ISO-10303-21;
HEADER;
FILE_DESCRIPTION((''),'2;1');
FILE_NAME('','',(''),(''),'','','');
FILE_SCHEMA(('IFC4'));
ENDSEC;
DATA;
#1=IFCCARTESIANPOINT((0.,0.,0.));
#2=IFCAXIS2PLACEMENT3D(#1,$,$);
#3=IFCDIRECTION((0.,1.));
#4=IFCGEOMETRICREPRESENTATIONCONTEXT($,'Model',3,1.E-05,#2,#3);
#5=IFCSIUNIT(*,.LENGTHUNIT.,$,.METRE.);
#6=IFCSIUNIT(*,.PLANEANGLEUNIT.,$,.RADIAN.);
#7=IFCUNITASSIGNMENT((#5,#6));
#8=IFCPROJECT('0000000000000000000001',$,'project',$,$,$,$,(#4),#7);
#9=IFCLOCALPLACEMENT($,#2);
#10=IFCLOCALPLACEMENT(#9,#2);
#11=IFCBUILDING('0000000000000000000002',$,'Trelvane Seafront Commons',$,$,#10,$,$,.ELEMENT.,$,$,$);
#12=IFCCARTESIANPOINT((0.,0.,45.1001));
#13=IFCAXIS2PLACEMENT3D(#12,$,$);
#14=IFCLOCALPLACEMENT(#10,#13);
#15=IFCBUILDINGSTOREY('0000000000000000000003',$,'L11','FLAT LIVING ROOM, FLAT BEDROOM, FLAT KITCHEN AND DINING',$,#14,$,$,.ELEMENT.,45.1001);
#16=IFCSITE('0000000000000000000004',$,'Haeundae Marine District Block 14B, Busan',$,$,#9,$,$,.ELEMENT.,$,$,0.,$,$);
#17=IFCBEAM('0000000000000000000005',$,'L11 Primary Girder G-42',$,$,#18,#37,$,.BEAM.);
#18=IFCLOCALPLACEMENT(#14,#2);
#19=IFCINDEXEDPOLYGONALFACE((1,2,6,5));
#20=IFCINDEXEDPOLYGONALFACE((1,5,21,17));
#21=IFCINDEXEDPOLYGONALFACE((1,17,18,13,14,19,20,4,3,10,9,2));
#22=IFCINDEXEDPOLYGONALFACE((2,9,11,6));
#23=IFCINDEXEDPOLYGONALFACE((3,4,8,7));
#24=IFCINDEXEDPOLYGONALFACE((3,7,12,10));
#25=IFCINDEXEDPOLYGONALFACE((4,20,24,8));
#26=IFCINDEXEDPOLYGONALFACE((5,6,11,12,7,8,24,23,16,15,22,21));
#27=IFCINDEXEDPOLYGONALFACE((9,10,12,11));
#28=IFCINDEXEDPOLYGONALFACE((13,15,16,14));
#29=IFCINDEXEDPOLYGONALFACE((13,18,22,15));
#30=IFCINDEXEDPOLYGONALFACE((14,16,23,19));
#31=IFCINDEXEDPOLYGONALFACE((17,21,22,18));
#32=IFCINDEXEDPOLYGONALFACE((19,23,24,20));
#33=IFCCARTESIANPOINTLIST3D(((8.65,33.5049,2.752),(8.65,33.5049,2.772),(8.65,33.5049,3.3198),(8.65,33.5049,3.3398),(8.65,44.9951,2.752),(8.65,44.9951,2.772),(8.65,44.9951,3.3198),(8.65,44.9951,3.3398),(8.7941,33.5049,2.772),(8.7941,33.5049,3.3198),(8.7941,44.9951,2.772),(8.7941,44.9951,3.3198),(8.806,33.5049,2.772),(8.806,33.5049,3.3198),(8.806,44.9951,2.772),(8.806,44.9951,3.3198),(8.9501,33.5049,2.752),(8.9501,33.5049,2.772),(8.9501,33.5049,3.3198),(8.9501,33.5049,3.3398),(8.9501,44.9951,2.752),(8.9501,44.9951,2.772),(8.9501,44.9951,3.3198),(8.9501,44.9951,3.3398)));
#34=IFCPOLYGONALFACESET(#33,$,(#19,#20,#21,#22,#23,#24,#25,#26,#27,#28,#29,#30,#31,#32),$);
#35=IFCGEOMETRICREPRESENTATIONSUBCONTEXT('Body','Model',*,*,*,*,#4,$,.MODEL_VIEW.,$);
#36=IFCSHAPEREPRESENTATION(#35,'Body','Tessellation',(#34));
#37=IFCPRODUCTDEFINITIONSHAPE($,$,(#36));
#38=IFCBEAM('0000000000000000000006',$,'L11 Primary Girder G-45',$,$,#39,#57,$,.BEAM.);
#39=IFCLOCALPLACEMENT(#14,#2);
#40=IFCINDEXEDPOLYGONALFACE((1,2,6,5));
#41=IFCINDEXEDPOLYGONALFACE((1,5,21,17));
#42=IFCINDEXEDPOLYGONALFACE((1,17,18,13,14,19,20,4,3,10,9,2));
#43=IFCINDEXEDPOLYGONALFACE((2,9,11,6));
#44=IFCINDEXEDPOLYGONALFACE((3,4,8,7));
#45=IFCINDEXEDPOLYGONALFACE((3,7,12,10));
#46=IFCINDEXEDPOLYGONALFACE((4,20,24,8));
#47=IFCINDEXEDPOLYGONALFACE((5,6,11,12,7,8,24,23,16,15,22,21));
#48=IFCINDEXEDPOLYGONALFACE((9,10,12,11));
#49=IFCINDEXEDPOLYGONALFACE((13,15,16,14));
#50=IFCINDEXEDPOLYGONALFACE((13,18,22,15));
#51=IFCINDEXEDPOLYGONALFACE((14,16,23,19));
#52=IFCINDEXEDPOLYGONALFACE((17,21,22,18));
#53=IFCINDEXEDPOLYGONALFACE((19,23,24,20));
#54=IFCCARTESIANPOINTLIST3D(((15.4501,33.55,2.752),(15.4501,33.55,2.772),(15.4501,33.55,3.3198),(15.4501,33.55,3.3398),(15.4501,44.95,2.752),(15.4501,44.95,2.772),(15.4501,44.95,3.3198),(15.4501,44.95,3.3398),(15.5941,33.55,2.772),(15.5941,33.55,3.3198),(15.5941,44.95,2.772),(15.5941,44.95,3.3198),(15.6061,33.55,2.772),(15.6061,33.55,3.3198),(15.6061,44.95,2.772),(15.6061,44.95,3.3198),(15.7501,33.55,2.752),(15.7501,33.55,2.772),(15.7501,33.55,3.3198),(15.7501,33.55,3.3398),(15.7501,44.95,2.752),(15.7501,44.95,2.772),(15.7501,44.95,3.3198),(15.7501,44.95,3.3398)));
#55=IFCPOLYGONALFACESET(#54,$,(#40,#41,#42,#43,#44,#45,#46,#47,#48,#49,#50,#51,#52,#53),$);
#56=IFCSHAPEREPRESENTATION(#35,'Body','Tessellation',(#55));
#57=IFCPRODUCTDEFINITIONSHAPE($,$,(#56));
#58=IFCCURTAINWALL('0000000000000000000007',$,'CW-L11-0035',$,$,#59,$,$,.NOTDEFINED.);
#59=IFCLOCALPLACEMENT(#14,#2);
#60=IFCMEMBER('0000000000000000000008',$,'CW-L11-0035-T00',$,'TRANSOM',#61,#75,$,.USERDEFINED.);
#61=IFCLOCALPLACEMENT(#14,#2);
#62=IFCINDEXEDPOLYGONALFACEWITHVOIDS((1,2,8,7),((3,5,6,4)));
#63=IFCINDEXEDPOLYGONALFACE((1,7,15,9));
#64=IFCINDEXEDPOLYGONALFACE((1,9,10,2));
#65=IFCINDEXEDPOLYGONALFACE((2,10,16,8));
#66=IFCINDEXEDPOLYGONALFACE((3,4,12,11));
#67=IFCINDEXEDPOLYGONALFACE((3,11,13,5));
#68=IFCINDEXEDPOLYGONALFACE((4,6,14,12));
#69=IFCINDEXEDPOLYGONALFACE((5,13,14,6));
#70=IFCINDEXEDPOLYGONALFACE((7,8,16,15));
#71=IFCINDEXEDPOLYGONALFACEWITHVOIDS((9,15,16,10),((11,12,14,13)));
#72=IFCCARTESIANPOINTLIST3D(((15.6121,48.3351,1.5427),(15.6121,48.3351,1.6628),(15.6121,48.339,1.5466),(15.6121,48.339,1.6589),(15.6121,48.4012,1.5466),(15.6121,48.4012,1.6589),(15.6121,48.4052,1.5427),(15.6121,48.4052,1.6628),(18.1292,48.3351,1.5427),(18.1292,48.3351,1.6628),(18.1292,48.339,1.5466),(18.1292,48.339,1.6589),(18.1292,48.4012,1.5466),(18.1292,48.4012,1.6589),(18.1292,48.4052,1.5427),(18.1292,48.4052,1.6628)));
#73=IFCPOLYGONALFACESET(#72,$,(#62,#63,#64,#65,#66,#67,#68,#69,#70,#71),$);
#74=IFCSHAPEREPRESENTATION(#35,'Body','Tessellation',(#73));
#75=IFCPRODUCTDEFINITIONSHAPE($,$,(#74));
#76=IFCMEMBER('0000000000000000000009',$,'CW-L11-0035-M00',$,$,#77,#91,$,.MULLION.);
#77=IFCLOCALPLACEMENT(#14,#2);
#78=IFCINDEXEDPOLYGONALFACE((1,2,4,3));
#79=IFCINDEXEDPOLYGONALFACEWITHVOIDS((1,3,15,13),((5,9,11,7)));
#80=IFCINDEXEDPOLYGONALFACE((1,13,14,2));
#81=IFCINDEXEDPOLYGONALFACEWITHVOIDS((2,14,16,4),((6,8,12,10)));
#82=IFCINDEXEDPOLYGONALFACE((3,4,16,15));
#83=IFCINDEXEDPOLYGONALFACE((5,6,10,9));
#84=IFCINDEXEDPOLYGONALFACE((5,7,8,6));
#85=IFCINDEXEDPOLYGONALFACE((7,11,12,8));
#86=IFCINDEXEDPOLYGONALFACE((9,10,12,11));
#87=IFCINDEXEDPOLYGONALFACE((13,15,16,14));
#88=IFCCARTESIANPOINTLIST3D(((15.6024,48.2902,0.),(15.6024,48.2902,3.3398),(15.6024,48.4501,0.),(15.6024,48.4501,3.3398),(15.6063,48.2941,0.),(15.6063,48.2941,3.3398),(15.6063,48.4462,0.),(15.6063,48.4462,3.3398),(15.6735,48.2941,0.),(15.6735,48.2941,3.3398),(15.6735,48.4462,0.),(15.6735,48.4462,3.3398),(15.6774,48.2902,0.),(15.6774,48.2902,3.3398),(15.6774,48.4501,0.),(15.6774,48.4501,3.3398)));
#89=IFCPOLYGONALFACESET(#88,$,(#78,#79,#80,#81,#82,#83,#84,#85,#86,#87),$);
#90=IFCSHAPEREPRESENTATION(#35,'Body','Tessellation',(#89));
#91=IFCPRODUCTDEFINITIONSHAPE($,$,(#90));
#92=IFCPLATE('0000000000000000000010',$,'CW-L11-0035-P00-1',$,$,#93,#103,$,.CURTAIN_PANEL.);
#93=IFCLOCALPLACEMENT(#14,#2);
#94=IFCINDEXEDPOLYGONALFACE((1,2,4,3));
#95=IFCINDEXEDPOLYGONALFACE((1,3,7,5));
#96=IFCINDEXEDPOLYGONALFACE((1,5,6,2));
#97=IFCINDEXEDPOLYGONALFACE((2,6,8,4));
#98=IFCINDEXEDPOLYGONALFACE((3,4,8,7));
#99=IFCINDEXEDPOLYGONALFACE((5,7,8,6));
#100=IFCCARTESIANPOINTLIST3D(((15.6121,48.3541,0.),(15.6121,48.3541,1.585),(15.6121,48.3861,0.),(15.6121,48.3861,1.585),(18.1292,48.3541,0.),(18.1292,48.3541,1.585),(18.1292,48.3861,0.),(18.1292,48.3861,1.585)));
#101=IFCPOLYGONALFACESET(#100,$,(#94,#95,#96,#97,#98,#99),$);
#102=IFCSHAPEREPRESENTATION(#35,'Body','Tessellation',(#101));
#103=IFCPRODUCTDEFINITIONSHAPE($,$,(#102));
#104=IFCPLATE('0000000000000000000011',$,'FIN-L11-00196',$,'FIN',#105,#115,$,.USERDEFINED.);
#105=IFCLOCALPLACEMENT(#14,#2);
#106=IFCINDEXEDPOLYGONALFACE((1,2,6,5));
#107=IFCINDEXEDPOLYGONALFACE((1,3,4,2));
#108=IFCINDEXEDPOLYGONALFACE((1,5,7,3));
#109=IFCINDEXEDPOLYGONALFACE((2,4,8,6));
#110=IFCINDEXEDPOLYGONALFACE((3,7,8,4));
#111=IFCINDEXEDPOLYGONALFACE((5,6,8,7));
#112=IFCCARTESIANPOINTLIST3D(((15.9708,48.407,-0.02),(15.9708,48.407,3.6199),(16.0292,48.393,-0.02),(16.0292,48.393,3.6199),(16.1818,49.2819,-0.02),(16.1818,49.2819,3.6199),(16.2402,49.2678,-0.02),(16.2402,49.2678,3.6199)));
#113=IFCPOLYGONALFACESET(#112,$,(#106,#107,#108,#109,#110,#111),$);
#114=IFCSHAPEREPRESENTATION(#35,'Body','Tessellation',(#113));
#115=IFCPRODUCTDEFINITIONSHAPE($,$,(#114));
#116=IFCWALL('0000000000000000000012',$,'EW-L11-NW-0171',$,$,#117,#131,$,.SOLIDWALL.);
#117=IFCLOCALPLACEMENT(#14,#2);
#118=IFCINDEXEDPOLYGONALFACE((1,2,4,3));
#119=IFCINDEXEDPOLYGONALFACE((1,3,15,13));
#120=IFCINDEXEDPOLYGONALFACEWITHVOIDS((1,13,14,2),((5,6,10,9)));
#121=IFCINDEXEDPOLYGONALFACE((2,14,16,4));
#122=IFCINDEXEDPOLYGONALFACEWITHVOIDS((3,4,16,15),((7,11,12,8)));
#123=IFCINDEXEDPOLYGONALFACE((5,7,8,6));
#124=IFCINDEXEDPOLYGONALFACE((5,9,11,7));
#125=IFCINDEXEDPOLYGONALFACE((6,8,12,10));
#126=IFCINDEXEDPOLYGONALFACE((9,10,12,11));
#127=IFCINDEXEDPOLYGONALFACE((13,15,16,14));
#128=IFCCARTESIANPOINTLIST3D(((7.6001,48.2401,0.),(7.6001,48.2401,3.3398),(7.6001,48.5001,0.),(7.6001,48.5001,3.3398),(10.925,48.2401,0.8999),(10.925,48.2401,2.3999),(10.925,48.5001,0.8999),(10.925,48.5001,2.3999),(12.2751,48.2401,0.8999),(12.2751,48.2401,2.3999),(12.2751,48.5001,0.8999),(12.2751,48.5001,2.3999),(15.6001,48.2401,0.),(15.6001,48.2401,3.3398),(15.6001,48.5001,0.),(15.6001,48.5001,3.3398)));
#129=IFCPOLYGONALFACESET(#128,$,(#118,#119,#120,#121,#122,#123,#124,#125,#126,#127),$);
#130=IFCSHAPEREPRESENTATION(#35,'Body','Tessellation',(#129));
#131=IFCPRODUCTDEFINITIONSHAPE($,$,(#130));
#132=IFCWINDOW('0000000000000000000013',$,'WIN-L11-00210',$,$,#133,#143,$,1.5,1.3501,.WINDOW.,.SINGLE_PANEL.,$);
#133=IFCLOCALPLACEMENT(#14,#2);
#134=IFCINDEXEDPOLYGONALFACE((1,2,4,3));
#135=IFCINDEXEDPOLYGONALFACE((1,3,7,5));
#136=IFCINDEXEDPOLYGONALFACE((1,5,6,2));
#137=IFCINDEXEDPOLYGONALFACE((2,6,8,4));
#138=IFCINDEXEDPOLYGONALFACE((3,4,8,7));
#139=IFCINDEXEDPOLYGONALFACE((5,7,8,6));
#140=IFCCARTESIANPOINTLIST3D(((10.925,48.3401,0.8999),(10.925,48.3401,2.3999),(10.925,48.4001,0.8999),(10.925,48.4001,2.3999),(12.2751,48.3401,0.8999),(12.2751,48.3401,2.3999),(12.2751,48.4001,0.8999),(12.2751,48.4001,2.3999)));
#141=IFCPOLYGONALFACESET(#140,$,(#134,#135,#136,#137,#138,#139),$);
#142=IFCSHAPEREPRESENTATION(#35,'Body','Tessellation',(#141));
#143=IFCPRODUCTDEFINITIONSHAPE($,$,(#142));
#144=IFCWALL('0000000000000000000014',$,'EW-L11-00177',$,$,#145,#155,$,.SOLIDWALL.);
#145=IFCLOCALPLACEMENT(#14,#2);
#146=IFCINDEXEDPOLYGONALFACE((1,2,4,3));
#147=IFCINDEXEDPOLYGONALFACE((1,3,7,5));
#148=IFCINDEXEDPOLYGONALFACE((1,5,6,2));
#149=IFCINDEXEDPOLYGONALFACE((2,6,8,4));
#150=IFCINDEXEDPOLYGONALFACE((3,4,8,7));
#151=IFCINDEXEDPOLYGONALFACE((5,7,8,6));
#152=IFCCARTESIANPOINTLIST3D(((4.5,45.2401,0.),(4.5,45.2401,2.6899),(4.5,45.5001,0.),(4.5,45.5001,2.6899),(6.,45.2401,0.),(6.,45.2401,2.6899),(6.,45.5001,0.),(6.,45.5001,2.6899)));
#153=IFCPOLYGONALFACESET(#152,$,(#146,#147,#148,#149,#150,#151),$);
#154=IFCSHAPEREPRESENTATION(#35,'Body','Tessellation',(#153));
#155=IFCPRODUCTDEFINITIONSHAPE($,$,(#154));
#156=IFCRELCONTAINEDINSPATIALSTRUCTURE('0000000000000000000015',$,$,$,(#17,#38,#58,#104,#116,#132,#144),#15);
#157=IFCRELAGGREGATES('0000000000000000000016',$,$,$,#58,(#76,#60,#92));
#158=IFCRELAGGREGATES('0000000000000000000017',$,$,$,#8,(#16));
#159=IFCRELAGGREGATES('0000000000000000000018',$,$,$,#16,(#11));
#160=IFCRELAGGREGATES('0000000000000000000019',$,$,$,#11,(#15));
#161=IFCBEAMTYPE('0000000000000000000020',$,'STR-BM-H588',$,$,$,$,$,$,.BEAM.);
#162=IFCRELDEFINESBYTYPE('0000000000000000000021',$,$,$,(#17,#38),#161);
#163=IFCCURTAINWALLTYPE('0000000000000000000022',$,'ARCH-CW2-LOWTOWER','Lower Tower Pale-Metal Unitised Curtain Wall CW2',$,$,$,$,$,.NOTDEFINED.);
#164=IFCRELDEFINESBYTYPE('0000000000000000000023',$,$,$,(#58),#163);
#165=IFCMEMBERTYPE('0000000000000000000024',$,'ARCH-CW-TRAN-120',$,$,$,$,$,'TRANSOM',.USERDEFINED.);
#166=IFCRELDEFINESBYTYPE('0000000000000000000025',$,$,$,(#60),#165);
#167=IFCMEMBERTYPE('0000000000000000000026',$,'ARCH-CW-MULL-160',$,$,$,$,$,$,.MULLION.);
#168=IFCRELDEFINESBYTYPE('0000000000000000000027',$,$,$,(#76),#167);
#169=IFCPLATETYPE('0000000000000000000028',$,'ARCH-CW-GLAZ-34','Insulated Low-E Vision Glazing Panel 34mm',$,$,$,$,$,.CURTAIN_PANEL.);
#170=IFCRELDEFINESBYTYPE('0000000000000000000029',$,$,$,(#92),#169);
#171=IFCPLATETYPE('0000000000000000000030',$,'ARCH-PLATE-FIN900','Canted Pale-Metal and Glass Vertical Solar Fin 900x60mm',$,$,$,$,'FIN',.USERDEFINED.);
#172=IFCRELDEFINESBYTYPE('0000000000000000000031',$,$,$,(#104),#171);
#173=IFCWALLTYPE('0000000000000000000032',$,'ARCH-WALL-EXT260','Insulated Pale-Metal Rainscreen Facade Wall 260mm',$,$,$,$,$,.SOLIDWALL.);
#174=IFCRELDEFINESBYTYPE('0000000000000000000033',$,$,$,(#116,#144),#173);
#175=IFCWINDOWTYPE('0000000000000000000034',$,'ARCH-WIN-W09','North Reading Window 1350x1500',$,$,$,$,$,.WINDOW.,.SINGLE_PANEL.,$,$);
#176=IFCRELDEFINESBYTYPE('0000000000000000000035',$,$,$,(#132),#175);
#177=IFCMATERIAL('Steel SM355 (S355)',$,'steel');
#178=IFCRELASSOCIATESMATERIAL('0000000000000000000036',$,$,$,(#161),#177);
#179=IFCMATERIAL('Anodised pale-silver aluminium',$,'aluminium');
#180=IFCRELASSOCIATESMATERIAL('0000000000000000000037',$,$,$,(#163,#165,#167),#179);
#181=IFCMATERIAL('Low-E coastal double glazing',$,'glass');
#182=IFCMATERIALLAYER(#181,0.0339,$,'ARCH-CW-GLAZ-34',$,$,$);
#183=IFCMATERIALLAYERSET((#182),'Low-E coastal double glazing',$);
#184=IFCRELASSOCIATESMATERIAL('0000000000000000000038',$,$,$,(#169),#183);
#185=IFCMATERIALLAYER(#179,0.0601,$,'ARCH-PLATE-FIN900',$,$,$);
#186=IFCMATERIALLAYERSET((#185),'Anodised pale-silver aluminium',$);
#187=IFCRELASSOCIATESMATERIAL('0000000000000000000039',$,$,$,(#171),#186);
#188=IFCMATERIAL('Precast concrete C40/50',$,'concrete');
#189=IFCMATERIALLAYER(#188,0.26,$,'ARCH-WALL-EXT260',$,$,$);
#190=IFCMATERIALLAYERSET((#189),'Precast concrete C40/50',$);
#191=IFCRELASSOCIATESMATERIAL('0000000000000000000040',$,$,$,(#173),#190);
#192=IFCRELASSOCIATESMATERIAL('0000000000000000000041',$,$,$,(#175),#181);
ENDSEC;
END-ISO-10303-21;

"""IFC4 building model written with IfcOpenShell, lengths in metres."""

from ifc_helpers import new_model, si_unit, direction, frame, frame_2d, origin, origin_2d, place, context, subcontext, project, spatial, rectangle, hollow_rectangle, i_section, extrude, source, transform, mapped, material, layer, layer_set, material_profile, profile_set, type_object, element, fill, aggregate, save


model = new_model("IFC4")

# Units and contexts
model_context = context("Model", 3, precision=1e-05, world=origin(), true_north=direction((0.0, 1.0)))
body_context = subcontext(model_context, "Body", "Model", "MODEL_VIEW")
ifc_project = project(units=[si_unit("LENGTHUNIT", "METRE"), si_unit("PLANEANGLEUNIT", "RADIAN")], contexts=[model_context])

# Site, building, storey
site_placement = place(None, origin())
site = spatial("IfcSite", under=ifc_project, at=site_placement, Name="Haeundae Marine District Block 14B, Busan", CompositionType="ELEMENT", RefElevation=0.0)
building_placement = place(site_placement, origin())
building = spatial("IfcBuilding", under=site, at=building_placement, Name="Trelvane Seafront Commons", CompositionType="ELEMENT")
storey_placement = place(building_placement, frame((0.0, 0.0, 45.1001)))
storey = spatial("IfcBuildingStorey", under=building, at=storey_placement, Name="L11", Description="FLAT LIVING ROOM, FLAT BEDROOM, FLAT KITCHEN AND DINING", CompositionType="ELEMENT", Elevation=45.1001)

# Shared definitions
ifc_material_1 = material(Name="Steel SM355 (S355)", Category="steel")

# Beams
ifc_material_profile_1 = material_profile(ifc_material_1, i_section(OverallWidth=0.3, OverallDepth=0.5879, WebThickness=0.012, FlangeThickness=0.02, at=origin_2d()), Name="H-588x300x12x20")
ifc_profile_set_1 = profile_set([ifc_material_profile_1], Name="Steel SM355 (S355)")
beam_type_1 = type_object("IfcBeamType", Name="STR-BM-H588", PredefinedType="BEAM", material=ifc_profile_set_1)
shared_shape_1 = source(origin(), body_context, "Body", "SweptSolid", [
    extrude(i_section(OverallWidth=0.3, OverallDepth=0.5879, WebThickness=0.012, FlangeThickness=0.02, at=origin_2d()), origin(), (0.0, 0.0, 1.0), 11.4902),
])
for number, where, z_axis, x_axis, name in (
    (1, (8.8, 33.5049, 3.0459), (0.0, 1.0, 0.0), (-1.0, 0.0, 0.0), "L11 Primary Girder G-42"),
):
    element("IfcBeam", number, at=place(storey_placement, frame(where, z_axis=z_axis, x_axis=x_axis)), inside=storey, type_object=beam_type_1, Name=name, PredefinedType="BEAM", context=body_context, shape_type="MappedRepresentation", body=[
        mapped(shared_shape_1, transform((0.0, 0.0, 0.0), x_axis=(1.0, 0.0, 0.0), y_axis=(0.0, 1.0, 0.0), z_axis=(0.0, 0.0, 1.0), scale=1.0)),
    ])
shared_shape_2 = source(origin(), body_context, "Body", "SweptSolid", [
    extrude(i_section(OverallWidth=0.3, OverallDepth=0.5879, WebThickness=0.012, FlangeThickness=0.02, at=origin_2d()), origin(), (0.0, 0.0, 1.0), 11.3999),
])
beam_1_placement = place(storey_placement, frame((15.6001, 33.55, 3.0459), z_axis=(0.0, 1.0, 0.0), x_axis=(-1.0, 0.0, 0.0)))
element("IfcBeam", 2, at=beam_1_placement, inside=storey, type_object=beam_type_1, Name="L11 Primary Girder G-45", PredefinedType="BEAM", context=body_context, shape_type="MappedRepresentation", body=[
    mapped(shared_shape_2, transform((0.0, 0.0, 0.0), x_axis=(1.0, 0.0, 0.0), y_axis=(0.0, 1.0, 0.0), z_axis=(0.0, 0.0, 1.0), scale=1.0)),
])

# Curtain wall, members, plate
ifc_material_2 = material(Name="Anodised pale-silver aluminium", Category="aluminium")
curtain_wall_type = type_object("IfcCurtainWallType", Name="ARCH-CW2-LOWTOWER", Description="Lower Tower Pale-Metal Unitised Curtain Wall CW2", PredefinedType="NOTDEFINED", material=ifc_material_2)
curtain_wall_placement = place(storey_placement, origin())
curtain_wall = element("IfcCurtainWall", 3, at=curtain_wall_placement, inside=storey, type_object=curtain_wall_type, Name="CW-L11-0035", PredefinedType="NOTDEFINED")
ifc_material_profile_2 = material_profile(ifc_material_2, hollow_rectangle(XDim=0.0701, YDim=0.1201, WallThickness=0.0039, at=origin_2d()), Name="TRAN-70x120x4")
ifc_profile_set_2 = profile_set([ifc_material_profile_2], Name="Anodised pale-silver aluminium")
member_type_1 = type_object("IfcMemberType", Name="ARCH-CW-TRAN-120", ElementType="TRANSOM", PredefinedType="USERDEFINED", material=ifc_profile_set_2)
shared_shape_3 = source(origin(), body_context, "Body", "SweptSolid", [
    extrude(hollow_rectangle(XDim=0.0701, YDim=0.1201, WallThickness=0.0039, at=origin_2d()), origin(), (0.0, 0.0, 1.0), 2.5171),
])
member_1_placement = place(storey_placement, frame((15.6121, 48.3701, 1.6028), z_axis=(1.0, 0.0, 0.0), x_axis=(0.0, 1.0, 0.0)))
member_1 = element("IfcMember", 4, at=member_1_placement, type_object=member_type_1, Name="CW-L11-0035-T00", ObjectType="TRANSOM", PredefinedType="USERDEFINED", context=body_context, shape_type="MappedRepresentation", body=[
    mapped(shared_shape_3, transform((0.0, 0.0, 0.0), x_axis=(1.0, 0.0, 0.0), y_axis=(0.0, 1.0, 0.0), z_axis=(0.0, 0.0, 1.0), scale=1.0)),
])
ifc_material_profile_3 = material_profile(ifc_material_2, hollow_rectangle(XDim=0.075, YDim=0.1599, WallThickness=0.0039, at=origin_2d()), Name="MULL-75x160x4")
ifc_profile_set_3 = profile_set([ifc_material_profile_3], Name="Anodised pale-silver aluminium")
member_type_2 = type_object("IfcMemberType", Name="ARCH-CW-MULL-160", PredefinedType="MULLION", material=ifc_profile_set_3)
shared_shape_4 = source(origin(), body_context, "Body", "SweptSolid", [
    extrude(hollow_rectangle(XDim=0.075, YDim=0.1599, WallThickness=0.0039, at=origin_2d()), origin(), (0.0, 0.0, 1.0), 3.3398),
])
member_2_placement = place(storey_placement, frame((15.6399, 48.3701, 0.0), z_axis=(0.0, 0.0, 1.0), x_axis=(1.0, 0.0, 0.0)))
member_2 = element("IfcMember", 5, at=member_2_placement, type_object=member_type_2, Name="CW-L11-0035-M00", PredefinedType="MULLION", context=body_context, shape_type="MappedRepresentation", body=[
    mapped(shared_shape_4, transform((0.0, 0.0, 0.0), x_axis=(1.0, 0.0, 0.0), y_axis=(0.0, 1.0, 0.0), z_axis=(0.0, 0.0, 1.0), scale=1.0)),
])
ifc_material_3 = material(Name="Low-E coastal double glazing", Category="glass")
ifc_layer_1 = layer(ifc_material_3, 0.0339, Name="ARCH-CW-GLAZ-34")
ifc_layer_set_1 = layer_set([ifc_layer_1], Name="Low-E coastal double glazing")
plate_type_1 = type_object("IfcPlateType", Name="ARCH-CW-GLAZ-34", Description="Insulated Low-E Vision Glazing Panel 34mm", PredefinedType="CURTAIN_PANEL", material=ifc_layer_set_1)
shared_shape_5 = source(origin(), body_context, "Body", "SweptSolid", [
    extrude(rectangle(XDim=2.5171, YDim=0.032, at=origin_2d()), origin(), (0.0, 0.0, 1.0), 1.585),
])
plate_1_placement = place(storey_placement, frame((16.8706, 48.3701, 0.0), z_axis=(0.0, 0.0, 1.0), x_axis=(1.0, 0.0, 0.0)))
plate_1 = element("IfcPlate", 6, at=plate_1_placement, type_object=plate_type_1, Name="CW-L11-0035-P00-1", PredefinedType="CURTAIN_PANEL", context=body_context, shape_type="MappedRepresentation", body=[
    mapped(shared_shape_5, transform((0.0, 0.0, 0.0), x_axis=(1.0, 0.0, 0.0), y_axis=(0.0, 1.0, 0.0), z_axis=(0.0, 0.0, 1.0), scale=1.0)),
])
aggregate(curtain_wall, [member_2, member_1, plate_1])

# Plate
ifc_layer_2 = layer(ifc_material_2, 0.0601, Name="ARCH-PLATE-FIN900")
ifc_layer_set_2 = layer_set([ifc_layer_2], Name="Anodised pale-silver aluminium")
plate_type_2 = type_object("IfcPlateType", Name="ARCH-PLATE-FIN900", Description="Canted Pale-Metal and Glass Vertical Solar Fin 900x60mm", ElementType="FIN", PredefinedType="USERDEFINED", material=ifc_layer_set_2)
shared_shape_6 = source(origin(), body_context, "Body", "SweptSolid", [
    extrude(rectangle(XDim=0.8999, YDim=0.0601, at=origin_2d()), origin(), (0.0, 0.0, 1.0), 3.6399),
])
plate_2_placement = place(storey_placement, frame((16.1055, 48.8374, -0.02), z_axis=(0.0, 0.0, 1.0), x_axis=(0.234448, 0.972129, 0.0)))
element("IfcPlate", 7, at=plate_2_placement, inside=storey, type_object=plate_type_2, Name="FIN-L11-00196", ObjectType="FIN", PredefinedType="USERDEFINED", context=body_context, shape_type="MappedRepresentation", body=[
    mapped(shared_shape_6, transform((0.0, 0.0, 0.0), x_axis=(1.0, 0.0, 0.0), y_axis=(0.0, 1.0, 0.0), z_axis=(0.0, 0.0, 1.0), scale=1.0)),
])

# Wall, opening, window
ifc_material_4 = material(Name="Precast concrete C40/50", Category="concrete")
ifc_layer_3 = layer(ifc_material_4, 0.26, Name="ARCH-WALL-EXT260")
ifc_layer_set_3 = layer_set([ifc_layer_3], Name="Precast concrete C40/50")
wall_type_1 = type_object("IfcWallType", Name="ARCH-WALL-EXT260", Description="Insulated Pale-Metal Rainscreen Facade Wall 260mm", PredefinedType="SOLIDWALL", material=ifc_layer_set_3)
wall_1_placement = place(storey_placement, frame((7.6001, 48.3701, 0.0), z_axis=(0.0, 0.0, 1.0), x_axis=(1.0, 0.0, 0.0)))
wall_1 = element("IfcWall", 8, at=wall_1_placement, inside=storey, type_object=wall_type_1, Name="EW-L11-NW-0171", PredefinedType="SOLIDWALL", context=body_context, shape_type="SweptSolid", body=[
    extrude(rectangle(XDim=8.0, YDim=0.26, at=frame_2d((4.0, 0.0))), origin(), (0.0, 0.0, 1.0), 3.3398),
])
opening_1_placement = place(wall_1_placement, frame((3.325, 0.0, 0.8999)))
opening_1 = element("IfcOpeningElement", 9, at=opening_1_placement, cuts=wall_1, PredefinedType="OPENING", context=body_context, shape_type="SweptSolid", body=[
    extrude(rectangle(XDim=1.3501, YDim=1.5, at=frame_2d((0.675, 0.75))), frame((0.0, 0.1399, 0.0), z_axis=(0.0, -1.0, 0.0), x_axis=(1.0, 0.0, 0.0)), (0.0, 0.0, 1.0), 0.28),
])
window_type = type_object("IfcWindowType", Name="ARCH-WIN-W09", Description="North Reading Window 1350x1500", PartitioningType="SINGLE_PANEL", PredefinedType="WINDOW", material=ifc_material_3)
shared_shape_7 = source(origin(), body_context, "Body", "SweptSolid", [
    extrude(rectangle(XDim=1.3501, YDim=1.5, at=frame_2d((0.675, 0.75))), frame((0.0, 0.03, 0.0), z_axis=(0.0, -1.0, 0.0), x_axis=(1.0, 0.0, 0.0)), (0.0, 0.0, 1.0), 0.0601),
])
window_placement = place(opening_1_placement, origin())
window = element("IfcWindow", 10, at=window_placement, inside=storey, type_object=window_type, Name="WIN-L11-00210", OverallHeight=1.5, OverallWidth=1.3501, PartitioningType="SINGLE_PANEL", PredefinedType="WINDOW", context=body_context, shape_type="MappedRepresentation", body=[
    mapped(shared_shape_7, transform((0.0, 0.0, 0.0), x_axis=(1.0, 0.0, 0.0), y_axis=(0.0, 1.0, 0.0), z_axis=(0.0, 0.0, 1.0), scale=1.0)),
])
fill(opening_1, window)

# Wall
wall_2_placement = place(storey_placement, frame((4.5, 45.3701, 0.0), z_axis=(0.0, 0.0, 1.0), x_axis=(1.0, 0.0, 0.0)))
element("IfcWall", 11, at=wall_2_placement, inside=storey, type_object=wall_type_1, Name="EW-L11-00177", PredefinedType="SOLIDWALL", context=body_context, shape_type="SweptSolid", body=[
    extrude(rectangle(XDim=1.5, YDim=0.26, at=frame_2d((0.75, 0.0))), origin(), (0.0, 0.0, 1.0), 2.6899),
])

save(model, "model.ifc")
